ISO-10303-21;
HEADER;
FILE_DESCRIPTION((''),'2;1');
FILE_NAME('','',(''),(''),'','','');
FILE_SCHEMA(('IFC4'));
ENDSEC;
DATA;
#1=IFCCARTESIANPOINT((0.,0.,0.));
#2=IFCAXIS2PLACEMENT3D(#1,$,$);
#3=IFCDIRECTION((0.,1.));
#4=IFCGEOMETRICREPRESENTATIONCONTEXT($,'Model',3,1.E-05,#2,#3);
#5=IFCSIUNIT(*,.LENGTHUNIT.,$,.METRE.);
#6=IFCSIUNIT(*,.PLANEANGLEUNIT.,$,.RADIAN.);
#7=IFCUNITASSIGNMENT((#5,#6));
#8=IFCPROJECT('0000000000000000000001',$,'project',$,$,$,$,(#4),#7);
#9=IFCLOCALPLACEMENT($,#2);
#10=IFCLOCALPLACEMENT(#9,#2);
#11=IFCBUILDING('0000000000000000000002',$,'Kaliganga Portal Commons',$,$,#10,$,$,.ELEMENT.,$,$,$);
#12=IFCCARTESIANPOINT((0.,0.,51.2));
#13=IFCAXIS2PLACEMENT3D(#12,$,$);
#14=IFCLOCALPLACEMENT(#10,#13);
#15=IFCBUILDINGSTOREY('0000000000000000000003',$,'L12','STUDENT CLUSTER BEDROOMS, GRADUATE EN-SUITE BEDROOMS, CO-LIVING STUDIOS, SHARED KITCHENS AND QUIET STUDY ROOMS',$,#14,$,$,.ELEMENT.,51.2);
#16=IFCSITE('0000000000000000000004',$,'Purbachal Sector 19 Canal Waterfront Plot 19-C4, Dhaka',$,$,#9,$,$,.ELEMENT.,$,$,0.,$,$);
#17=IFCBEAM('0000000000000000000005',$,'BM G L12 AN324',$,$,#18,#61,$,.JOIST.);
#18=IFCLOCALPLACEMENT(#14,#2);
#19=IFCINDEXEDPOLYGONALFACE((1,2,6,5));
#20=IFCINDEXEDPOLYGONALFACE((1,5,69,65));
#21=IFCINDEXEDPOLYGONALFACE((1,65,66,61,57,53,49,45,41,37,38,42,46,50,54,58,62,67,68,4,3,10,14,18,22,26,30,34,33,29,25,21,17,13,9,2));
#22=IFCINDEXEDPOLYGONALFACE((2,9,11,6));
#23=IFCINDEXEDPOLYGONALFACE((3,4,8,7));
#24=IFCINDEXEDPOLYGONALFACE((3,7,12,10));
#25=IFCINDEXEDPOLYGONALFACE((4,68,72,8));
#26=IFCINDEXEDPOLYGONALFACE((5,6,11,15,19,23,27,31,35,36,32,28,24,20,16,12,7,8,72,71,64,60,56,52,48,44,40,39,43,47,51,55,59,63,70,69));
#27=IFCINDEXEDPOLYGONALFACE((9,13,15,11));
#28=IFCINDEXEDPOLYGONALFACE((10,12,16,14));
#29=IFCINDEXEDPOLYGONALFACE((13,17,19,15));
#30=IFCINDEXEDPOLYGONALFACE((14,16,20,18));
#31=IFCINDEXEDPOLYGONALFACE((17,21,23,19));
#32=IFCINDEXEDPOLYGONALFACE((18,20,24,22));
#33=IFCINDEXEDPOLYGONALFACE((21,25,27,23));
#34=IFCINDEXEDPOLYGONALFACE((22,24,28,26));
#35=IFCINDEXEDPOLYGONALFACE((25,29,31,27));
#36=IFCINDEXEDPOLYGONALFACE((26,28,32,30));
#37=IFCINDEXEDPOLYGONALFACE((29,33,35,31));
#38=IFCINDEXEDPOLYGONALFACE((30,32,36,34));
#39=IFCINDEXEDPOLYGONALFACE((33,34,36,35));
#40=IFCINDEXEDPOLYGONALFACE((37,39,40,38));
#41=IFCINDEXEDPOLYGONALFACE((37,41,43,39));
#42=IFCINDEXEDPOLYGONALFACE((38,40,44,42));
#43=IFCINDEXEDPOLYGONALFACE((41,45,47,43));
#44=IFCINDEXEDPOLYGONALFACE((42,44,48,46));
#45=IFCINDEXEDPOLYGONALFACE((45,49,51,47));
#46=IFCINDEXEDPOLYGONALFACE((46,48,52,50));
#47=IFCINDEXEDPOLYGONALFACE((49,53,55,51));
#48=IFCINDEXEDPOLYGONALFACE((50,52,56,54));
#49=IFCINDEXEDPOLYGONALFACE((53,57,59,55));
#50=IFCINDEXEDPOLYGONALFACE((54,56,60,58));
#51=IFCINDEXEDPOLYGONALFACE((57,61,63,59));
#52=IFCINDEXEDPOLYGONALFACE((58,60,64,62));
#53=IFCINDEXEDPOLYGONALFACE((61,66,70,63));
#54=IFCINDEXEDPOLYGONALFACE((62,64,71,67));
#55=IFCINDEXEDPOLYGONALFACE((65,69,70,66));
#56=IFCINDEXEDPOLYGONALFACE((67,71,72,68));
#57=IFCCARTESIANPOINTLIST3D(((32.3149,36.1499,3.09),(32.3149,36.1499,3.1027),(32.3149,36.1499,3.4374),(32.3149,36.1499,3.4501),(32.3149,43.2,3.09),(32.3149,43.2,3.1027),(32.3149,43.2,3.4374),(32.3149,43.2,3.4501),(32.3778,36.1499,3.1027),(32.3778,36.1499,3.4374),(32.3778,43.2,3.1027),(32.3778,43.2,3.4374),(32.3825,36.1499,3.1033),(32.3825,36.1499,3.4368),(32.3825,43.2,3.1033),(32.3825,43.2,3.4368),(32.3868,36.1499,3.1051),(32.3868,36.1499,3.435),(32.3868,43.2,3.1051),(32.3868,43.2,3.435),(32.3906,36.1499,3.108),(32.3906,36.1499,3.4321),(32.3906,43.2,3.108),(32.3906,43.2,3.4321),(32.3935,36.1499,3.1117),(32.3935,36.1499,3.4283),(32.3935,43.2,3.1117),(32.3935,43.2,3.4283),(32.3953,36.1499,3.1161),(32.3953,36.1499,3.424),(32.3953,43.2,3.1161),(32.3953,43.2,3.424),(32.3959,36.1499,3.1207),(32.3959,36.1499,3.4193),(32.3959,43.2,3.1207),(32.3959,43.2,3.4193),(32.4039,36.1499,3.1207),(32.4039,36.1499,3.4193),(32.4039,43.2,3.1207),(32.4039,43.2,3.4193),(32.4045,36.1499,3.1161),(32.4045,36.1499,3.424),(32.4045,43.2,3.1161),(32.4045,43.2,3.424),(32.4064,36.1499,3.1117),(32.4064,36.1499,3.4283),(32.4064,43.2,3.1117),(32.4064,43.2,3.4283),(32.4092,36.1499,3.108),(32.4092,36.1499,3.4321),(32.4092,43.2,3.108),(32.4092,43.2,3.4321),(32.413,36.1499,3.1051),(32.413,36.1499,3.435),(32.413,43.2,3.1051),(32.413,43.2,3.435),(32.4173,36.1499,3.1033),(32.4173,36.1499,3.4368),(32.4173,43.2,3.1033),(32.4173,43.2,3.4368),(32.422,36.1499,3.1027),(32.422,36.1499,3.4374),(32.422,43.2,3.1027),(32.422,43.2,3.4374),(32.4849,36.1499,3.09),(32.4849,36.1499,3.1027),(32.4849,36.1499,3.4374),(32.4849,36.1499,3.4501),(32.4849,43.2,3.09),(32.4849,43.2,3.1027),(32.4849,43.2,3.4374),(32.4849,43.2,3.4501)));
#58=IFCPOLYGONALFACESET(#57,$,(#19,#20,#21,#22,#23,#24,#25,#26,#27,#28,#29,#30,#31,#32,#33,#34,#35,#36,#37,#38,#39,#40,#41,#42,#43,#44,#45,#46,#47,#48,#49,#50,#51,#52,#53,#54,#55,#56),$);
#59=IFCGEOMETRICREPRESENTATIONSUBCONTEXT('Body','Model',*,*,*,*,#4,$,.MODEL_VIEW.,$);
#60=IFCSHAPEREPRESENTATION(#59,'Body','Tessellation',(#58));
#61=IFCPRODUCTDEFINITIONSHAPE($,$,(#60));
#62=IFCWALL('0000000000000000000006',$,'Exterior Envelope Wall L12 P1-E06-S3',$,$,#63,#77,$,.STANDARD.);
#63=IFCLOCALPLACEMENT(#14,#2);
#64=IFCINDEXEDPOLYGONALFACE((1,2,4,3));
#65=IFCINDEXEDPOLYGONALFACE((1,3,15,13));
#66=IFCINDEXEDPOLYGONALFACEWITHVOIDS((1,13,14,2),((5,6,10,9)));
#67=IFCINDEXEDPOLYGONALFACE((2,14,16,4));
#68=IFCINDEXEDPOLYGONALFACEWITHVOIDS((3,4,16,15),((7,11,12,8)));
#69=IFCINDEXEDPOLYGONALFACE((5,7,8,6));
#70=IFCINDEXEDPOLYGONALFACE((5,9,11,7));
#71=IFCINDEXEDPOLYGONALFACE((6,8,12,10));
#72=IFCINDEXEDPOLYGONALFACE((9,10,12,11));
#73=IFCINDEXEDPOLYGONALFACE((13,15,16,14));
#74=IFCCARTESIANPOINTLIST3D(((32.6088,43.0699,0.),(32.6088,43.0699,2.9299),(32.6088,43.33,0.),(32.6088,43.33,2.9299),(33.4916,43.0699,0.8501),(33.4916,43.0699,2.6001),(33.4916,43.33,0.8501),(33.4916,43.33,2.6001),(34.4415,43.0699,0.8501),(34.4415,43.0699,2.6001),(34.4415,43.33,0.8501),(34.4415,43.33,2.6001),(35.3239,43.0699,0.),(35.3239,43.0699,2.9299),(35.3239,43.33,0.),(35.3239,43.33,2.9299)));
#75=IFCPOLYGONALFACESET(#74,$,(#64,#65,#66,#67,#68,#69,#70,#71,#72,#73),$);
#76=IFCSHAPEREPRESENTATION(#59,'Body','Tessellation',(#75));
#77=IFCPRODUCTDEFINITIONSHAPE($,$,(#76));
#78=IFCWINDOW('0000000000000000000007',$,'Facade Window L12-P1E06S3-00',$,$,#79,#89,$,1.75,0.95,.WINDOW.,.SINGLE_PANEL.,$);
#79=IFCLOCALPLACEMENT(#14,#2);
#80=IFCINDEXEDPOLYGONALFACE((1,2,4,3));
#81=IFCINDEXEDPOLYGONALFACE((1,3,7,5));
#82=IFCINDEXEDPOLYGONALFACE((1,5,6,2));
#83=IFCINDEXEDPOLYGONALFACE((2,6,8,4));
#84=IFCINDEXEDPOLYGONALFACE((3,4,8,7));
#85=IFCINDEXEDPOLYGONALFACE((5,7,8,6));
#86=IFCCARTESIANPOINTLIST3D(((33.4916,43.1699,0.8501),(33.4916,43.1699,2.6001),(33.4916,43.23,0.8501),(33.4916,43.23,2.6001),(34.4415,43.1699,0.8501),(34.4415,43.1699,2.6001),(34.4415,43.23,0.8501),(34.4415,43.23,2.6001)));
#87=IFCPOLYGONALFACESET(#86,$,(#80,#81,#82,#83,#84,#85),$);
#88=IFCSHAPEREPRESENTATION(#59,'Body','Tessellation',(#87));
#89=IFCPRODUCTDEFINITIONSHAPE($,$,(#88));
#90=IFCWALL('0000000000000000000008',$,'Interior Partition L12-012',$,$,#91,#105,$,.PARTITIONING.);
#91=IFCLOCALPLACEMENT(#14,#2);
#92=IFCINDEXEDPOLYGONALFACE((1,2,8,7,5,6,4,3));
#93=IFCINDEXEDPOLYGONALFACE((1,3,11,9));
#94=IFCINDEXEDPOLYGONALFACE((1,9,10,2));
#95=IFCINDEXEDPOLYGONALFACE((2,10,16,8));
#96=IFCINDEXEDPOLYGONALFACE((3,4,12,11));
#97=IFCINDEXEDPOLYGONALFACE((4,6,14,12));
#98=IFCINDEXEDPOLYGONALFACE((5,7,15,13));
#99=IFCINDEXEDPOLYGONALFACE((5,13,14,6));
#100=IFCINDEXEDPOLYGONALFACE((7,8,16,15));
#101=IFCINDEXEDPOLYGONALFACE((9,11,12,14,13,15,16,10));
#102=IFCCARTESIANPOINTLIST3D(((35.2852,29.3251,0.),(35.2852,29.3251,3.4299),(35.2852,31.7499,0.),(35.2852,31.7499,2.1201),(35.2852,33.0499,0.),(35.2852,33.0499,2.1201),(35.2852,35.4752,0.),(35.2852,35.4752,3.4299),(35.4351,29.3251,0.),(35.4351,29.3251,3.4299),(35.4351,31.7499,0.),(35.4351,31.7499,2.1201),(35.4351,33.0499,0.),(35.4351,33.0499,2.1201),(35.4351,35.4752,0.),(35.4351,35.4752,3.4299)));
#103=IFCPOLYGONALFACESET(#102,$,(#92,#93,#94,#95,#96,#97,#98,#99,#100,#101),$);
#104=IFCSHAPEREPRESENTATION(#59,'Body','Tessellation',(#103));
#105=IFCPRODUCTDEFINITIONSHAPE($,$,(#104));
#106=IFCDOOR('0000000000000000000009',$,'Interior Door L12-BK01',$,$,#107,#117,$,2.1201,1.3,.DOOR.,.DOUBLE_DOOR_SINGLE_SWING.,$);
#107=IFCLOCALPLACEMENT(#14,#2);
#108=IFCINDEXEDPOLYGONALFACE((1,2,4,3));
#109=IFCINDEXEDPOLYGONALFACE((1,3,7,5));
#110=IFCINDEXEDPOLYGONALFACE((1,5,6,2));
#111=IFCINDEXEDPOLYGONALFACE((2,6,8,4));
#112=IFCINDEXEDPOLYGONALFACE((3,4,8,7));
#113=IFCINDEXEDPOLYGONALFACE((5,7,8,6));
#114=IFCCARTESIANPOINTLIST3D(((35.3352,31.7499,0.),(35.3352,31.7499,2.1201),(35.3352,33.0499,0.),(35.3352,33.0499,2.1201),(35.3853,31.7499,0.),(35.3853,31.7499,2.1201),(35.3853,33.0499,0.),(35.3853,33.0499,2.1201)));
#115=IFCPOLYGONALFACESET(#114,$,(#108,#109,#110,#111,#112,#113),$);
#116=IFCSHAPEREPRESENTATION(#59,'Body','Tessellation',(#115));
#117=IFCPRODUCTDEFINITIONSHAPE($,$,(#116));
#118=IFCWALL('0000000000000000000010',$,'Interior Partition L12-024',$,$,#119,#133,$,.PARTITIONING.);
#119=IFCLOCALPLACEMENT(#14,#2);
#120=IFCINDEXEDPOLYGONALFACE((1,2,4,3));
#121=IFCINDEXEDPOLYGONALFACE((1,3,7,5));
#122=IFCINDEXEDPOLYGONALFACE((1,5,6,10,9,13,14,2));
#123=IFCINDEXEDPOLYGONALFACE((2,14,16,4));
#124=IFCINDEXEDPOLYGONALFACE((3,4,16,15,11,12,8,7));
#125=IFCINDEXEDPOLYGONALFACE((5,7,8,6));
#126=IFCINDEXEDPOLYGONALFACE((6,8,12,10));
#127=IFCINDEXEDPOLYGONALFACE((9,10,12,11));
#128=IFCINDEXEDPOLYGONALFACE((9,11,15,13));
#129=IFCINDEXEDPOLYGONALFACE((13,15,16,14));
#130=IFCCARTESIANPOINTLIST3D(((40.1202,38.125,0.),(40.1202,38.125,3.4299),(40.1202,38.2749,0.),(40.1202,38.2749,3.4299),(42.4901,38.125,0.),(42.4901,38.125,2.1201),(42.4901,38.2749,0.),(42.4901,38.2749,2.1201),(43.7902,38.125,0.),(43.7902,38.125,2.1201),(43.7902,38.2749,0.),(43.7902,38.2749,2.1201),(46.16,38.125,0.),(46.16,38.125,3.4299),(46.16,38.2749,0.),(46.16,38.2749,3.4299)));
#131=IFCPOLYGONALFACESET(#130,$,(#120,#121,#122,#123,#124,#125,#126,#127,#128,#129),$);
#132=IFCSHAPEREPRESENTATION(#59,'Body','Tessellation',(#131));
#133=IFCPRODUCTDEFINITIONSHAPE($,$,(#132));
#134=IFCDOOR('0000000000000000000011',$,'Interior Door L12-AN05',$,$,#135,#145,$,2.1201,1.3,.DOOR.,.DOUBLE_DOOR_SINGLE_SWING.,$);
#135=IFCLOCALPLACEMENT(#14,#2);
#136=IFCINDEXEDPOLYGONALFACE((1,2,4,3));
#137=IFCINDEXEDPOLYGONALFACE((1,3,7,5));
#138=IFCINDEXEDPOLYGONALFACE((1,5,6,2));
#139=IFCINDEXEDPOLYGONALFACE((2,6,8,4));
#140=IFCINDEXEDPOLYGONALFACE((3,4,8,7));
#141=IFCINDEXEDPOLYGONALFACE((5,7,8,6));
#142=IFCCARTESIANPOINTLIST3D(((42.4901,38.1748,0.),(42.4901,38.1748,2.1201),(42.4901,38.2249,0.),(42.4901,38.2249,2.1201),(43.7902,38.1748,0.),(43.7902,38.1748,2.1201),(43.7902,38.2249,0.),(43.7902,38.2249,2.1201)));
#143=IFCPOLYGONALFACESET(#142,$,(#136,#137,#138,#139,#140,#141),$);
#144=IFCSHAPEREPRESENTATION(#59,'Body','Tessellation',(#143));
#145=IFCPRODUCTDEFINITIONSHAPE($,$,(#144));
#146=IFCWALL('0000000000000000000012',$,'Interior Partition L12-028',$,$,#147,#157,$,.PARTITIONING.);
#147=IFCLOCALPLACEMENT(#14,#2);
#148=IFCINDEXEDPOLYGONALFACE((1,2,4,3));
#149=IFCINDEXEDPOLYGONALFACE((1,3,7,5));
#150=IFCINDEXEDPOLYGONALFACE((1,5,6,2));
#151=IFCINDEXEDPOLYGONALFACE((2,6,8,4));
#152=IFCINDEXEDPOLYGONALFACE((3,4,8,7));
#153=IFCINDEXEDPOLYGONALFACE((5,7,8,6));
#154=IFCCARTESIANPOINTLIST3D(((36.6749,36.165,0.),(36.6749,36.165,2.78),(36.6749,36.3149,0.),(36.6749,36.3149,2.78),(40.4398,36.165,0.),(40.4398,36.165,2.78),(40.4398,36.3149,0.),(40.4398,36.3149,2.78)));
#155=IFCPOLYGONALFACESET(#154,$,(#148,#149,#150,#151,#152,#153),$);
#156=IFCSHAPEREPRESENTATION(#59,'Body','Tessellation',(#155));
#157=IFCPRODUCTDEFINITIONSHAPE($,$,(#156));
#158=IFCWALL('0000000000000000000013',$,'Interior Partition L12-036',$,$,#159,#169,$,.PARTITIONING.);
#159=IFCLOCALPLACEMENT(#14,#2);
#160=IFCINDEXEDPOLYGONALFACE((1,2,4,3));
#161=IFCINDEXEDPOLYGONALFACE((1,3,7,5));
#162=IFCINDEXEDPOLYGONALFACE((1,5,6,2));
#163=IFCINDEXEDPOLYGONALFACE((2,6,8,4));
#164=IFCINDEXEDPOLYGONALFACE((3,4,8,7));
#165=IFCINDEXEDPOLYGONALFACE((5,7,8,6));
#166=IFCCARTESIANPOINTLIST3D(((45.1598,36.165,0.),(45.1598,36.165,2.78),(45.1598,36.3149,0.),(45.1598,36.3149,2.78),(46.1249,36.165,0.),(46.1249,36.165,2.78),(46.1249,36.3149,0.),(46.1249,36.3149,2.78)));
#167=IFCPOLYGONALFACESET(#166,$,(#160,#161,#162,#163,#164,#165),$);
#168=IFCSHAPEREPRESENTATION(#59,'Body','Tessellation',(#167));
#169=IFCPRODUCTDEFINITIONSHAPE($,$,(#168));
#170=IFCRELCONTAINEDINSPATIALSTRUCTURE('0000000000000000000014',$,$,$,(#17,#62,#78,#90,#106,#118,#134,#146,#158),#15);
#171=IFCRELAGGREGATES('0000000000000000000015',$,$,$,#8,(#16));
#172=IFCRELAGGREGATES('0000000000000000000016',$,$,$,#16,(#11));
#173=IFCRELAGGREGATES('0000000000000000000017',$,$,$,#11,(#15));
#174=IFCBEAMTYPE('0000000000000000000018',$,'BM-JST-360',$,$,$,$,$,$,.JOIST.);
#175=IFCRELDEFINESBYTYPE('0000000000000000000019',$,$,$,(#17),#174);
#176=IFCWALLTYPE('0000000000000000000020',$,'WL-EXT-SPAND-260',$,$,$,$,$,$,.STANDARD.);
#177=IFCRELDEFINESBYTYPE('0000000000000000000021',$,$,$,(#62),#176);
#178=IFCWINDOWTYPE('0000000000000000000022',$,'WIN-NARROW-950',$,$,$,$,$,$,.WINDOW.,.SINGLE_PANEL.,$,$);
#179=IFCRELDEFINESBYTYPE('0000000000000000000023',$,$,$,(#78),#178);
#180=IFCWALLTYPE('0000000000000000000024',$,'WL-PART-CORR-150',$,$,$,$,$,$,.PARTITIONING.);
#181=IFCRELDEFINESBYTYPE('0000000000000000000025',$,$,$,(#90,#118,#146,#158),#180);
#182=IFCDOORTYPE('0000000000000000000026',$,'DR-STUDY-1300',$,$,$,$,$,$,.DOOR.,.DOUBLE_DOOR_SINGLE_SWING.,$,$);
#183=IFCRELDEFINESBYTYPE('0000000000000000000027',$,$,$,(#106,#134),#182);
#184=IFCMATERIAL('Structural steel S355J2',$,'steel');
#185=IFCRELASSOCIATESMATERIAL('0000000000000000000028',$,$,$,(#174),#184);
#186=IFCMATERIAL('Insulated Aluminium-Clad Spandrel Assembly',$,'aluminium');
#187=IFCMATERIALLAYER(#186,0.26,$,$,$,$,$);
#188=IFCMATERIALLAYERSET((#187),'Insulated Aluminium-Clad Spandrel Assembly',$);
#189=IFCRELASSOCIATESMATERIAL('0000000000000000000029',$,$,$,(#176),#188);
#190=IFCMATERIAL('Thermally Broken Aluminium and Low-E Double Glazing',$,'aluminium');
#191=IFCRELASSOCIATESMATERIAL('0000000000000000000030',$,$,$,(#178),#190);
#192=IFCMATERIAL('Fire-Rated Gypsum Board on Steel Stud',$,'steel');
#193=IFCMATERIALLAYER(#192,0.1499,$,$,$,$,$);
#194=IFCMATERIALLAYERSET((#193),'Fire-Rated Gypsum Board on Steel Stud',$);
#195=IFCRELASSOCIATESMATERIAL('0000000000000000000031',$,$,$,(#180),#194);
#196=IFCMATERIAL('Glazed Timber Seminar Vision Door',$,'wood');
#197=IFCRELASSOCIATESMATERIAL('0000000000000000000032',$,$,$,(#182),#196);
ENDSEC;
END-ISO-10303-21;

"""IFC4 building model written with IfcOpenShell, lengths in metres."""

from ifc_helpers import new_model, si_unit, direction, frame, frame_2d, origin, origin_2d, place, context, subcontext, project, spatial, rectangle, i_section, extrude, source, transform, mapped, material, layer, layer_set, material_profile, profile_set, type_object, element, fill, save


model = new_model("IFC4")

# Units and contexts
model_context = context("Model", 3, precision=1e-05, world=origin(), true_north=direction((0.0, 1.0)))
body_context = subcontext(model_context, "Body", "Model", "MODEL_VIEW")
ifc_project = project(units=[si_unit("LENGTHUNIT", "METRE"), si_unit("PLANEANGLEUNIT", "RADIAN")], contexts=[model_context])

# Site, building, storey
site_placement = place(None, origin())
site = spatial("IfcSite", under=ifc_project, at=site_placement, Name="Purbachal Sector 19 Canal Waterfront Plot 19-C4, Dhaka", CompositionType="ELEMENT", RefElevation=0.0)
building_placement = place(site_placement, origin())
building = spatial("IfcBuilding", under=site, at=building_placement, Name="Kaliganga Portal Commons", CompositionType="ELEMENT")
storey_placement = place(building_placement, frame((0.0, 0.0, 51.2)))
storey = spatial("IfcBuildingStorey", under=building, at=storey_placement, Name="L12", Description="STUDENT CLUSTER BEDROOMS, GRADUATE EN-SUITE BEDROOMS, CO-LIVING STUDIOS, SHARED KITCHENS AND QUIET STUDY ROOMS", CompositionType="ELEMENT", Elevation=51.2)

# Beam
ifc_material_1 = material(Name="Structural steel S355J2", Category="steel")
ifc_material_profile_1 = material_profile(ifc_material_1, i_section(OverallWidth=0.1699, OverallDepth=0.3601, WebThickness=0.0081, FlangeThickness=0.0127, FilletRadius=0.0181, at=origin_2d()), Name="IPE 360")
ifc_profile_set_1 = profile_set([ifc_material_profile_1], Name="Structural steel S355J2 wide-flange")
beam_type_1 = type_object("IfcBeamType", Name="BM-JST-360", PredefinedType="JOIST", material=ifc_profile_set_1)
shared_shape_1 = source(origin(), body_context, "Body", "SweptSolid", [
    extrude(i_section(OverallWidth=0.1699, OverallDepth=0.3601, WebThickness=0.0081, FlangeThickness=0.0127, FilletRadius=0.0181, at=origin_2d()), origin(), (0.0, 0.0, 1.0), 7.05),
])
beam_1_placement = place(storey_placement, frame((32.3999, 36.1499, 3.27), z_axis=(0.0, 1.0, 0.0), x_axis=(-1.0, 0.0, 0.0)))
element("IfcBeam", 1, at=beam_1_placement, inside=storey, type_object=beam_type_1, Name="BM G L12 AN324", PredefinedType="JOIST", context=body_context, shape_type="MappedRepresentation", body=[
    mapped(shared_shape_1, transform((0.0, 0.0, 0.0), x_axis=(1.0, 0.0, 0.0), y_axis=(0.0, 1.0, 0.0), z_axis=(0.0, 0.0, 1.0), scale=1.0)),
])

# Shared definitions
ifc_material_2 = material(Name="Insulated Aluminium-Clad Spandrel Assembly", Category="aluminium")
ifc_layer_1 = layer(ifc_material_2, 0.26)
ifc_layer_set_1 = layer_set([ifc_layer_1], Name="Insulated Aluminium-Clad Spandrel Assembly")
wall_type_1 = type_object("IfcWallType", Name="WL-EXT-SPAND-260", PredefinedType="STANDARD", material=ifc_layer_set_1)
ifc_material_3 = material(Name="Thermally Broken Aluminium and Low-E Double Glazing", Category="aluminium")

# Wall, opening, window
wall_1_placement = place(storey_placement, frame((32.6089, 43.2, 0.0), z_axis=(0.0, 0.0, 1.0), x_axis=(1.0, 0.0, 0.0)))
wall_1 = element("IfcWall", 2, at=wall_1_placement, inside=storey, type_object=wall_type_1, Name="Exterior Envelope Wall L12 P1-E06-S3", PredefinedType="STANDARD", context=body_context, shape_type="SweptSolid", body=[
    extrude(rectangle(XDim=2.7151, YDim=0.26, at=frame_2d((1.3574, 0.0))), origin(), (0.0, 0.0, 1.0), 2.9299),
])
opening_1_placement = place(wall_1_placement, frame((0.8826, 0.0, 0.8501)))
opening_1 = element("IfcOpeningElement", 3, at=opening_1_placement, cuts=wall_1, PredefinedType="OPENING", context=body_context, shape_type="SweptSolid", body=[
    extrude(rectangle(XDim=0.95, YDim=1.75, at=frame_2d((0.4751, 0.875))), frame((0.0, 0.1401, 0.0), z_axis=(0.0, -1.0, 0.0), x_axis=(1.0, 0.0, 0.0)), (0.0, 0.0, 1.0), 0.28),
])
window_type_1 = type_object("IfcWindowType", Name="WIN-NARROW-950", PartitioningType="SINGLE_PANEL", PredefinedType="WINDOW", material=ifc_material_3)
window_1_placement = place(opening_1_placement, origin())
window_1 = element("IfcWindow", 4, at=window_1_placement, inside=storey, type_object=window_type_1, Name="Facade Window L12-P1E06S3-00", OverallHeight=1.75, OverallWidth=0.95, PartitioningType="SINGLE_PANEL", PredefinedType="WINDOW", context=body_context, shape_type="SweptSolid", body=[
    extrude(rectangle(XDim=0.95, YDim=1.75, at=frame_2d((0.4751, 0.875))), frame((0.0, 0.03, 0.0), z_axis=(0.0, -1.0, 0.0), x_axis=(1.0, 0.0, 0.0)), (0.0, 0.0, 1.0), 0.0601),
])
fill(opening_1, window_1)

# Walls, openings, doors
ifc_material_4 = material(Name="Fire-Rated Gypsum Board on Steel Stud", Category="steel")
ifc_layer_2 = layer(ifc_material_4, 0.1499)
ifc_layer_set_2 = layer_set([ifc_layer_2], Name="Fire-Rated Gypsum Board on Steel Stud")
wall_type_2 = type_object("IfcWallType", Name="WL-PART-CORR-150", PredefinedType="PARTITIONING", material=ifc_layer_set_2)
wall_2_placement = place(storey_placement, frame((35.3601, 29.325, 0.0), z_axis=(0.0, 0.0, 1.0), x_axis=(0.0, 1.0, 0.0)))
wall_2 = element("IfcWall", 5, at=wall_2_placement, inside=storey, type_object=wall_type_2, Name="Interior Partition L12-012", PredefinedType="PARTITIONING", context=body_context, shape_type="SweptSolid", body=[
    extrude(rectangle(XDim=6.1501, YDim=0.1499, at=frame_2d((3.0752, 0.0))), origin(), (0.0, 0.0, 1.0), 3.4299),
])
opening_2_placement = place(wall_2_placement, frame((2.425, 0.0, 0.0)))
opening_2 = element("IfcOpeningElement", 6, at=opening_2_placement, cuts=wall_2, PredefinedType="OPENING", context=body_context, shape_type="SweptSolid", body=[
    extrude(rectangle(XDim=1.3, YDim=2.1201, at=frame_2d((0.6499, 1.0601))), frame((0.0, 0.085, 0.0), z_axis=(0.0, -1.0, 0.0), x_axis=(1.0, 0.0, 0.0)), (0.0, 0.0, 1.0), 0.1699),
])
ifc_material_5 = material(Name="Glazed Timber Seminar Vision Door", Category="wood")
door_type_1 = type_object("IfcDoorType", Name="DR-STUDY-1300", OperationType="DOUBLE_DOOR_SINGLE_SWING", PredefinedType="DOOR", material=ifc_material_5)
door_1_placement = place(opening_2_placement, origin())
door_1 = element("IfcDoor", 7, at=door_1_placement, inside=storey, type_object=door_type_1, Name="Interior Door L12-BK01", OperationType="DOUBLE_DOOR_SINGLE_SWING", OverallHeight=2.1201, OverallWidth=1.3, PredefinedType="DOOR", context=body_context, shape_type="SweptSolid", body=[
    extrude(rectangle(XDim=1.3, YDim=2.1201, at=frame_2d((0.6499, 1.0601))), frame((0.0, 0.0249, 0.0), z_axis=(0.0, -1.0, 0.0), x_axis=(1.0, 0.0, 0.0)), (0.0, 0.0, 1.0), 0.05),
])
fill(opening_2, door_1)
wall_3_placement = place(storey_placement, frame((40.1201, 38.2, 0.0), z_axis=(0.0, 0.0, 1.0), x_axis=(1.0, 0.0, 0.0)))
wall_3 = element("IfcWall", 8, at=wall_3_placement, inside=storey, type_object=wall_type_2, Name="Interior Partition L12-024", PredefinedType="PARTITIONING", context=body_context, shape_type="SweptSolid", body=[
    extrude(rectangle(XDim=6.0398, YDim=0.1499, at=frame_2d((3.02, 0.0))), origin(), (0.0, 0.0, 1.0), 3.4299),
])
opening_3_placement = place(wall_3_placement, frame((2.3701, 0.0, 0.0)))
opening_3 = element("IfcOpeningElement", 9, at=opening_3_placement, cuts=wall_3, PredefinedType="OPENING", context=body_context, shape_type="SweptSolid", body=[
    extrude(rectangle(XDim=1.3, YDim=2.1201, at=frame_2d((0.6499, 1.0601))), frame((0.0, 0.085, 0.0), z_axis=(0.0, -1.0, 0.0), x_axis=(1.0, 0.0, 0.0)), (0.0, 0.0, 1.0), 0.1699),
])
door_2_placement = place(opening_3_placement, origin())
door_2 = element("IfcDoor", 10, at=door_2_placement, inside=storey, type_object=door_type_1, Name="Interior Door L12-AN05", OperationType="DOUBLE_DOOR_SINGLE_SWING", OverallHeight=2.1201, OverallWidth=1.3, PredefinedType="DOOR", context=body_context, shape_type="SweptSolid", body=[
    extrude(rectangle(XDim=1.3, YDim=2.1201, at=frame_2d((0.6499, 1.0601))), frame((0.0, 0.0249, 0.0), z_axis=(0.0, -1.0, 0.0), x_axis=(1.0, 0.0, 0.0)), (0.0, 0.0, 1.0), 0.05),
])
fill(opening_3, door_2)

# Wall
wall_4_placement = place(storey_placement, frame((36.675, 36.24, 0.0), z_axis=(0.0, 0.0, 1.0), x_axis=(1.0, 0.0, 0.0)))
element("IfcWall", 11, at=wall_4_placement, inside=storey, type_object=wall_type_2, Name="Interior Partition L12-028", PredefinedType="PARTITIONING", context=body_context, shape_type="SweptSolid", body=[
    extrude(rectangle(XDim=3.7649, YDim=0.1499, at=frame_2d((1.8823, 0.0))), origin(), (0.0, 0.0, 1.0), 2.78),
])

# Wall
wall_5_placement = place(storey_placement, frame((45.1599, 36.24, 0.0), z_axis=(0.0, 0.0, 1.0), x_axis=(1.0, 0.0, 0.0)))
element("IfcWall", 12, at=wall_5_placement, inside=storey, type_object=wall_type_2, Name="Interior Partition L12-036", PredefinedType="PARTITIONING", context=body_context, shape_type="SweptSolid", body=[
    extrude(rectangle(XDim=0.9651, YDim=0.1499, at=frame_2d((0.4824, 0.0))), origin(), (0.0, 0.0, 1.0), 2.78),
])

save(model, "model.ifc")
